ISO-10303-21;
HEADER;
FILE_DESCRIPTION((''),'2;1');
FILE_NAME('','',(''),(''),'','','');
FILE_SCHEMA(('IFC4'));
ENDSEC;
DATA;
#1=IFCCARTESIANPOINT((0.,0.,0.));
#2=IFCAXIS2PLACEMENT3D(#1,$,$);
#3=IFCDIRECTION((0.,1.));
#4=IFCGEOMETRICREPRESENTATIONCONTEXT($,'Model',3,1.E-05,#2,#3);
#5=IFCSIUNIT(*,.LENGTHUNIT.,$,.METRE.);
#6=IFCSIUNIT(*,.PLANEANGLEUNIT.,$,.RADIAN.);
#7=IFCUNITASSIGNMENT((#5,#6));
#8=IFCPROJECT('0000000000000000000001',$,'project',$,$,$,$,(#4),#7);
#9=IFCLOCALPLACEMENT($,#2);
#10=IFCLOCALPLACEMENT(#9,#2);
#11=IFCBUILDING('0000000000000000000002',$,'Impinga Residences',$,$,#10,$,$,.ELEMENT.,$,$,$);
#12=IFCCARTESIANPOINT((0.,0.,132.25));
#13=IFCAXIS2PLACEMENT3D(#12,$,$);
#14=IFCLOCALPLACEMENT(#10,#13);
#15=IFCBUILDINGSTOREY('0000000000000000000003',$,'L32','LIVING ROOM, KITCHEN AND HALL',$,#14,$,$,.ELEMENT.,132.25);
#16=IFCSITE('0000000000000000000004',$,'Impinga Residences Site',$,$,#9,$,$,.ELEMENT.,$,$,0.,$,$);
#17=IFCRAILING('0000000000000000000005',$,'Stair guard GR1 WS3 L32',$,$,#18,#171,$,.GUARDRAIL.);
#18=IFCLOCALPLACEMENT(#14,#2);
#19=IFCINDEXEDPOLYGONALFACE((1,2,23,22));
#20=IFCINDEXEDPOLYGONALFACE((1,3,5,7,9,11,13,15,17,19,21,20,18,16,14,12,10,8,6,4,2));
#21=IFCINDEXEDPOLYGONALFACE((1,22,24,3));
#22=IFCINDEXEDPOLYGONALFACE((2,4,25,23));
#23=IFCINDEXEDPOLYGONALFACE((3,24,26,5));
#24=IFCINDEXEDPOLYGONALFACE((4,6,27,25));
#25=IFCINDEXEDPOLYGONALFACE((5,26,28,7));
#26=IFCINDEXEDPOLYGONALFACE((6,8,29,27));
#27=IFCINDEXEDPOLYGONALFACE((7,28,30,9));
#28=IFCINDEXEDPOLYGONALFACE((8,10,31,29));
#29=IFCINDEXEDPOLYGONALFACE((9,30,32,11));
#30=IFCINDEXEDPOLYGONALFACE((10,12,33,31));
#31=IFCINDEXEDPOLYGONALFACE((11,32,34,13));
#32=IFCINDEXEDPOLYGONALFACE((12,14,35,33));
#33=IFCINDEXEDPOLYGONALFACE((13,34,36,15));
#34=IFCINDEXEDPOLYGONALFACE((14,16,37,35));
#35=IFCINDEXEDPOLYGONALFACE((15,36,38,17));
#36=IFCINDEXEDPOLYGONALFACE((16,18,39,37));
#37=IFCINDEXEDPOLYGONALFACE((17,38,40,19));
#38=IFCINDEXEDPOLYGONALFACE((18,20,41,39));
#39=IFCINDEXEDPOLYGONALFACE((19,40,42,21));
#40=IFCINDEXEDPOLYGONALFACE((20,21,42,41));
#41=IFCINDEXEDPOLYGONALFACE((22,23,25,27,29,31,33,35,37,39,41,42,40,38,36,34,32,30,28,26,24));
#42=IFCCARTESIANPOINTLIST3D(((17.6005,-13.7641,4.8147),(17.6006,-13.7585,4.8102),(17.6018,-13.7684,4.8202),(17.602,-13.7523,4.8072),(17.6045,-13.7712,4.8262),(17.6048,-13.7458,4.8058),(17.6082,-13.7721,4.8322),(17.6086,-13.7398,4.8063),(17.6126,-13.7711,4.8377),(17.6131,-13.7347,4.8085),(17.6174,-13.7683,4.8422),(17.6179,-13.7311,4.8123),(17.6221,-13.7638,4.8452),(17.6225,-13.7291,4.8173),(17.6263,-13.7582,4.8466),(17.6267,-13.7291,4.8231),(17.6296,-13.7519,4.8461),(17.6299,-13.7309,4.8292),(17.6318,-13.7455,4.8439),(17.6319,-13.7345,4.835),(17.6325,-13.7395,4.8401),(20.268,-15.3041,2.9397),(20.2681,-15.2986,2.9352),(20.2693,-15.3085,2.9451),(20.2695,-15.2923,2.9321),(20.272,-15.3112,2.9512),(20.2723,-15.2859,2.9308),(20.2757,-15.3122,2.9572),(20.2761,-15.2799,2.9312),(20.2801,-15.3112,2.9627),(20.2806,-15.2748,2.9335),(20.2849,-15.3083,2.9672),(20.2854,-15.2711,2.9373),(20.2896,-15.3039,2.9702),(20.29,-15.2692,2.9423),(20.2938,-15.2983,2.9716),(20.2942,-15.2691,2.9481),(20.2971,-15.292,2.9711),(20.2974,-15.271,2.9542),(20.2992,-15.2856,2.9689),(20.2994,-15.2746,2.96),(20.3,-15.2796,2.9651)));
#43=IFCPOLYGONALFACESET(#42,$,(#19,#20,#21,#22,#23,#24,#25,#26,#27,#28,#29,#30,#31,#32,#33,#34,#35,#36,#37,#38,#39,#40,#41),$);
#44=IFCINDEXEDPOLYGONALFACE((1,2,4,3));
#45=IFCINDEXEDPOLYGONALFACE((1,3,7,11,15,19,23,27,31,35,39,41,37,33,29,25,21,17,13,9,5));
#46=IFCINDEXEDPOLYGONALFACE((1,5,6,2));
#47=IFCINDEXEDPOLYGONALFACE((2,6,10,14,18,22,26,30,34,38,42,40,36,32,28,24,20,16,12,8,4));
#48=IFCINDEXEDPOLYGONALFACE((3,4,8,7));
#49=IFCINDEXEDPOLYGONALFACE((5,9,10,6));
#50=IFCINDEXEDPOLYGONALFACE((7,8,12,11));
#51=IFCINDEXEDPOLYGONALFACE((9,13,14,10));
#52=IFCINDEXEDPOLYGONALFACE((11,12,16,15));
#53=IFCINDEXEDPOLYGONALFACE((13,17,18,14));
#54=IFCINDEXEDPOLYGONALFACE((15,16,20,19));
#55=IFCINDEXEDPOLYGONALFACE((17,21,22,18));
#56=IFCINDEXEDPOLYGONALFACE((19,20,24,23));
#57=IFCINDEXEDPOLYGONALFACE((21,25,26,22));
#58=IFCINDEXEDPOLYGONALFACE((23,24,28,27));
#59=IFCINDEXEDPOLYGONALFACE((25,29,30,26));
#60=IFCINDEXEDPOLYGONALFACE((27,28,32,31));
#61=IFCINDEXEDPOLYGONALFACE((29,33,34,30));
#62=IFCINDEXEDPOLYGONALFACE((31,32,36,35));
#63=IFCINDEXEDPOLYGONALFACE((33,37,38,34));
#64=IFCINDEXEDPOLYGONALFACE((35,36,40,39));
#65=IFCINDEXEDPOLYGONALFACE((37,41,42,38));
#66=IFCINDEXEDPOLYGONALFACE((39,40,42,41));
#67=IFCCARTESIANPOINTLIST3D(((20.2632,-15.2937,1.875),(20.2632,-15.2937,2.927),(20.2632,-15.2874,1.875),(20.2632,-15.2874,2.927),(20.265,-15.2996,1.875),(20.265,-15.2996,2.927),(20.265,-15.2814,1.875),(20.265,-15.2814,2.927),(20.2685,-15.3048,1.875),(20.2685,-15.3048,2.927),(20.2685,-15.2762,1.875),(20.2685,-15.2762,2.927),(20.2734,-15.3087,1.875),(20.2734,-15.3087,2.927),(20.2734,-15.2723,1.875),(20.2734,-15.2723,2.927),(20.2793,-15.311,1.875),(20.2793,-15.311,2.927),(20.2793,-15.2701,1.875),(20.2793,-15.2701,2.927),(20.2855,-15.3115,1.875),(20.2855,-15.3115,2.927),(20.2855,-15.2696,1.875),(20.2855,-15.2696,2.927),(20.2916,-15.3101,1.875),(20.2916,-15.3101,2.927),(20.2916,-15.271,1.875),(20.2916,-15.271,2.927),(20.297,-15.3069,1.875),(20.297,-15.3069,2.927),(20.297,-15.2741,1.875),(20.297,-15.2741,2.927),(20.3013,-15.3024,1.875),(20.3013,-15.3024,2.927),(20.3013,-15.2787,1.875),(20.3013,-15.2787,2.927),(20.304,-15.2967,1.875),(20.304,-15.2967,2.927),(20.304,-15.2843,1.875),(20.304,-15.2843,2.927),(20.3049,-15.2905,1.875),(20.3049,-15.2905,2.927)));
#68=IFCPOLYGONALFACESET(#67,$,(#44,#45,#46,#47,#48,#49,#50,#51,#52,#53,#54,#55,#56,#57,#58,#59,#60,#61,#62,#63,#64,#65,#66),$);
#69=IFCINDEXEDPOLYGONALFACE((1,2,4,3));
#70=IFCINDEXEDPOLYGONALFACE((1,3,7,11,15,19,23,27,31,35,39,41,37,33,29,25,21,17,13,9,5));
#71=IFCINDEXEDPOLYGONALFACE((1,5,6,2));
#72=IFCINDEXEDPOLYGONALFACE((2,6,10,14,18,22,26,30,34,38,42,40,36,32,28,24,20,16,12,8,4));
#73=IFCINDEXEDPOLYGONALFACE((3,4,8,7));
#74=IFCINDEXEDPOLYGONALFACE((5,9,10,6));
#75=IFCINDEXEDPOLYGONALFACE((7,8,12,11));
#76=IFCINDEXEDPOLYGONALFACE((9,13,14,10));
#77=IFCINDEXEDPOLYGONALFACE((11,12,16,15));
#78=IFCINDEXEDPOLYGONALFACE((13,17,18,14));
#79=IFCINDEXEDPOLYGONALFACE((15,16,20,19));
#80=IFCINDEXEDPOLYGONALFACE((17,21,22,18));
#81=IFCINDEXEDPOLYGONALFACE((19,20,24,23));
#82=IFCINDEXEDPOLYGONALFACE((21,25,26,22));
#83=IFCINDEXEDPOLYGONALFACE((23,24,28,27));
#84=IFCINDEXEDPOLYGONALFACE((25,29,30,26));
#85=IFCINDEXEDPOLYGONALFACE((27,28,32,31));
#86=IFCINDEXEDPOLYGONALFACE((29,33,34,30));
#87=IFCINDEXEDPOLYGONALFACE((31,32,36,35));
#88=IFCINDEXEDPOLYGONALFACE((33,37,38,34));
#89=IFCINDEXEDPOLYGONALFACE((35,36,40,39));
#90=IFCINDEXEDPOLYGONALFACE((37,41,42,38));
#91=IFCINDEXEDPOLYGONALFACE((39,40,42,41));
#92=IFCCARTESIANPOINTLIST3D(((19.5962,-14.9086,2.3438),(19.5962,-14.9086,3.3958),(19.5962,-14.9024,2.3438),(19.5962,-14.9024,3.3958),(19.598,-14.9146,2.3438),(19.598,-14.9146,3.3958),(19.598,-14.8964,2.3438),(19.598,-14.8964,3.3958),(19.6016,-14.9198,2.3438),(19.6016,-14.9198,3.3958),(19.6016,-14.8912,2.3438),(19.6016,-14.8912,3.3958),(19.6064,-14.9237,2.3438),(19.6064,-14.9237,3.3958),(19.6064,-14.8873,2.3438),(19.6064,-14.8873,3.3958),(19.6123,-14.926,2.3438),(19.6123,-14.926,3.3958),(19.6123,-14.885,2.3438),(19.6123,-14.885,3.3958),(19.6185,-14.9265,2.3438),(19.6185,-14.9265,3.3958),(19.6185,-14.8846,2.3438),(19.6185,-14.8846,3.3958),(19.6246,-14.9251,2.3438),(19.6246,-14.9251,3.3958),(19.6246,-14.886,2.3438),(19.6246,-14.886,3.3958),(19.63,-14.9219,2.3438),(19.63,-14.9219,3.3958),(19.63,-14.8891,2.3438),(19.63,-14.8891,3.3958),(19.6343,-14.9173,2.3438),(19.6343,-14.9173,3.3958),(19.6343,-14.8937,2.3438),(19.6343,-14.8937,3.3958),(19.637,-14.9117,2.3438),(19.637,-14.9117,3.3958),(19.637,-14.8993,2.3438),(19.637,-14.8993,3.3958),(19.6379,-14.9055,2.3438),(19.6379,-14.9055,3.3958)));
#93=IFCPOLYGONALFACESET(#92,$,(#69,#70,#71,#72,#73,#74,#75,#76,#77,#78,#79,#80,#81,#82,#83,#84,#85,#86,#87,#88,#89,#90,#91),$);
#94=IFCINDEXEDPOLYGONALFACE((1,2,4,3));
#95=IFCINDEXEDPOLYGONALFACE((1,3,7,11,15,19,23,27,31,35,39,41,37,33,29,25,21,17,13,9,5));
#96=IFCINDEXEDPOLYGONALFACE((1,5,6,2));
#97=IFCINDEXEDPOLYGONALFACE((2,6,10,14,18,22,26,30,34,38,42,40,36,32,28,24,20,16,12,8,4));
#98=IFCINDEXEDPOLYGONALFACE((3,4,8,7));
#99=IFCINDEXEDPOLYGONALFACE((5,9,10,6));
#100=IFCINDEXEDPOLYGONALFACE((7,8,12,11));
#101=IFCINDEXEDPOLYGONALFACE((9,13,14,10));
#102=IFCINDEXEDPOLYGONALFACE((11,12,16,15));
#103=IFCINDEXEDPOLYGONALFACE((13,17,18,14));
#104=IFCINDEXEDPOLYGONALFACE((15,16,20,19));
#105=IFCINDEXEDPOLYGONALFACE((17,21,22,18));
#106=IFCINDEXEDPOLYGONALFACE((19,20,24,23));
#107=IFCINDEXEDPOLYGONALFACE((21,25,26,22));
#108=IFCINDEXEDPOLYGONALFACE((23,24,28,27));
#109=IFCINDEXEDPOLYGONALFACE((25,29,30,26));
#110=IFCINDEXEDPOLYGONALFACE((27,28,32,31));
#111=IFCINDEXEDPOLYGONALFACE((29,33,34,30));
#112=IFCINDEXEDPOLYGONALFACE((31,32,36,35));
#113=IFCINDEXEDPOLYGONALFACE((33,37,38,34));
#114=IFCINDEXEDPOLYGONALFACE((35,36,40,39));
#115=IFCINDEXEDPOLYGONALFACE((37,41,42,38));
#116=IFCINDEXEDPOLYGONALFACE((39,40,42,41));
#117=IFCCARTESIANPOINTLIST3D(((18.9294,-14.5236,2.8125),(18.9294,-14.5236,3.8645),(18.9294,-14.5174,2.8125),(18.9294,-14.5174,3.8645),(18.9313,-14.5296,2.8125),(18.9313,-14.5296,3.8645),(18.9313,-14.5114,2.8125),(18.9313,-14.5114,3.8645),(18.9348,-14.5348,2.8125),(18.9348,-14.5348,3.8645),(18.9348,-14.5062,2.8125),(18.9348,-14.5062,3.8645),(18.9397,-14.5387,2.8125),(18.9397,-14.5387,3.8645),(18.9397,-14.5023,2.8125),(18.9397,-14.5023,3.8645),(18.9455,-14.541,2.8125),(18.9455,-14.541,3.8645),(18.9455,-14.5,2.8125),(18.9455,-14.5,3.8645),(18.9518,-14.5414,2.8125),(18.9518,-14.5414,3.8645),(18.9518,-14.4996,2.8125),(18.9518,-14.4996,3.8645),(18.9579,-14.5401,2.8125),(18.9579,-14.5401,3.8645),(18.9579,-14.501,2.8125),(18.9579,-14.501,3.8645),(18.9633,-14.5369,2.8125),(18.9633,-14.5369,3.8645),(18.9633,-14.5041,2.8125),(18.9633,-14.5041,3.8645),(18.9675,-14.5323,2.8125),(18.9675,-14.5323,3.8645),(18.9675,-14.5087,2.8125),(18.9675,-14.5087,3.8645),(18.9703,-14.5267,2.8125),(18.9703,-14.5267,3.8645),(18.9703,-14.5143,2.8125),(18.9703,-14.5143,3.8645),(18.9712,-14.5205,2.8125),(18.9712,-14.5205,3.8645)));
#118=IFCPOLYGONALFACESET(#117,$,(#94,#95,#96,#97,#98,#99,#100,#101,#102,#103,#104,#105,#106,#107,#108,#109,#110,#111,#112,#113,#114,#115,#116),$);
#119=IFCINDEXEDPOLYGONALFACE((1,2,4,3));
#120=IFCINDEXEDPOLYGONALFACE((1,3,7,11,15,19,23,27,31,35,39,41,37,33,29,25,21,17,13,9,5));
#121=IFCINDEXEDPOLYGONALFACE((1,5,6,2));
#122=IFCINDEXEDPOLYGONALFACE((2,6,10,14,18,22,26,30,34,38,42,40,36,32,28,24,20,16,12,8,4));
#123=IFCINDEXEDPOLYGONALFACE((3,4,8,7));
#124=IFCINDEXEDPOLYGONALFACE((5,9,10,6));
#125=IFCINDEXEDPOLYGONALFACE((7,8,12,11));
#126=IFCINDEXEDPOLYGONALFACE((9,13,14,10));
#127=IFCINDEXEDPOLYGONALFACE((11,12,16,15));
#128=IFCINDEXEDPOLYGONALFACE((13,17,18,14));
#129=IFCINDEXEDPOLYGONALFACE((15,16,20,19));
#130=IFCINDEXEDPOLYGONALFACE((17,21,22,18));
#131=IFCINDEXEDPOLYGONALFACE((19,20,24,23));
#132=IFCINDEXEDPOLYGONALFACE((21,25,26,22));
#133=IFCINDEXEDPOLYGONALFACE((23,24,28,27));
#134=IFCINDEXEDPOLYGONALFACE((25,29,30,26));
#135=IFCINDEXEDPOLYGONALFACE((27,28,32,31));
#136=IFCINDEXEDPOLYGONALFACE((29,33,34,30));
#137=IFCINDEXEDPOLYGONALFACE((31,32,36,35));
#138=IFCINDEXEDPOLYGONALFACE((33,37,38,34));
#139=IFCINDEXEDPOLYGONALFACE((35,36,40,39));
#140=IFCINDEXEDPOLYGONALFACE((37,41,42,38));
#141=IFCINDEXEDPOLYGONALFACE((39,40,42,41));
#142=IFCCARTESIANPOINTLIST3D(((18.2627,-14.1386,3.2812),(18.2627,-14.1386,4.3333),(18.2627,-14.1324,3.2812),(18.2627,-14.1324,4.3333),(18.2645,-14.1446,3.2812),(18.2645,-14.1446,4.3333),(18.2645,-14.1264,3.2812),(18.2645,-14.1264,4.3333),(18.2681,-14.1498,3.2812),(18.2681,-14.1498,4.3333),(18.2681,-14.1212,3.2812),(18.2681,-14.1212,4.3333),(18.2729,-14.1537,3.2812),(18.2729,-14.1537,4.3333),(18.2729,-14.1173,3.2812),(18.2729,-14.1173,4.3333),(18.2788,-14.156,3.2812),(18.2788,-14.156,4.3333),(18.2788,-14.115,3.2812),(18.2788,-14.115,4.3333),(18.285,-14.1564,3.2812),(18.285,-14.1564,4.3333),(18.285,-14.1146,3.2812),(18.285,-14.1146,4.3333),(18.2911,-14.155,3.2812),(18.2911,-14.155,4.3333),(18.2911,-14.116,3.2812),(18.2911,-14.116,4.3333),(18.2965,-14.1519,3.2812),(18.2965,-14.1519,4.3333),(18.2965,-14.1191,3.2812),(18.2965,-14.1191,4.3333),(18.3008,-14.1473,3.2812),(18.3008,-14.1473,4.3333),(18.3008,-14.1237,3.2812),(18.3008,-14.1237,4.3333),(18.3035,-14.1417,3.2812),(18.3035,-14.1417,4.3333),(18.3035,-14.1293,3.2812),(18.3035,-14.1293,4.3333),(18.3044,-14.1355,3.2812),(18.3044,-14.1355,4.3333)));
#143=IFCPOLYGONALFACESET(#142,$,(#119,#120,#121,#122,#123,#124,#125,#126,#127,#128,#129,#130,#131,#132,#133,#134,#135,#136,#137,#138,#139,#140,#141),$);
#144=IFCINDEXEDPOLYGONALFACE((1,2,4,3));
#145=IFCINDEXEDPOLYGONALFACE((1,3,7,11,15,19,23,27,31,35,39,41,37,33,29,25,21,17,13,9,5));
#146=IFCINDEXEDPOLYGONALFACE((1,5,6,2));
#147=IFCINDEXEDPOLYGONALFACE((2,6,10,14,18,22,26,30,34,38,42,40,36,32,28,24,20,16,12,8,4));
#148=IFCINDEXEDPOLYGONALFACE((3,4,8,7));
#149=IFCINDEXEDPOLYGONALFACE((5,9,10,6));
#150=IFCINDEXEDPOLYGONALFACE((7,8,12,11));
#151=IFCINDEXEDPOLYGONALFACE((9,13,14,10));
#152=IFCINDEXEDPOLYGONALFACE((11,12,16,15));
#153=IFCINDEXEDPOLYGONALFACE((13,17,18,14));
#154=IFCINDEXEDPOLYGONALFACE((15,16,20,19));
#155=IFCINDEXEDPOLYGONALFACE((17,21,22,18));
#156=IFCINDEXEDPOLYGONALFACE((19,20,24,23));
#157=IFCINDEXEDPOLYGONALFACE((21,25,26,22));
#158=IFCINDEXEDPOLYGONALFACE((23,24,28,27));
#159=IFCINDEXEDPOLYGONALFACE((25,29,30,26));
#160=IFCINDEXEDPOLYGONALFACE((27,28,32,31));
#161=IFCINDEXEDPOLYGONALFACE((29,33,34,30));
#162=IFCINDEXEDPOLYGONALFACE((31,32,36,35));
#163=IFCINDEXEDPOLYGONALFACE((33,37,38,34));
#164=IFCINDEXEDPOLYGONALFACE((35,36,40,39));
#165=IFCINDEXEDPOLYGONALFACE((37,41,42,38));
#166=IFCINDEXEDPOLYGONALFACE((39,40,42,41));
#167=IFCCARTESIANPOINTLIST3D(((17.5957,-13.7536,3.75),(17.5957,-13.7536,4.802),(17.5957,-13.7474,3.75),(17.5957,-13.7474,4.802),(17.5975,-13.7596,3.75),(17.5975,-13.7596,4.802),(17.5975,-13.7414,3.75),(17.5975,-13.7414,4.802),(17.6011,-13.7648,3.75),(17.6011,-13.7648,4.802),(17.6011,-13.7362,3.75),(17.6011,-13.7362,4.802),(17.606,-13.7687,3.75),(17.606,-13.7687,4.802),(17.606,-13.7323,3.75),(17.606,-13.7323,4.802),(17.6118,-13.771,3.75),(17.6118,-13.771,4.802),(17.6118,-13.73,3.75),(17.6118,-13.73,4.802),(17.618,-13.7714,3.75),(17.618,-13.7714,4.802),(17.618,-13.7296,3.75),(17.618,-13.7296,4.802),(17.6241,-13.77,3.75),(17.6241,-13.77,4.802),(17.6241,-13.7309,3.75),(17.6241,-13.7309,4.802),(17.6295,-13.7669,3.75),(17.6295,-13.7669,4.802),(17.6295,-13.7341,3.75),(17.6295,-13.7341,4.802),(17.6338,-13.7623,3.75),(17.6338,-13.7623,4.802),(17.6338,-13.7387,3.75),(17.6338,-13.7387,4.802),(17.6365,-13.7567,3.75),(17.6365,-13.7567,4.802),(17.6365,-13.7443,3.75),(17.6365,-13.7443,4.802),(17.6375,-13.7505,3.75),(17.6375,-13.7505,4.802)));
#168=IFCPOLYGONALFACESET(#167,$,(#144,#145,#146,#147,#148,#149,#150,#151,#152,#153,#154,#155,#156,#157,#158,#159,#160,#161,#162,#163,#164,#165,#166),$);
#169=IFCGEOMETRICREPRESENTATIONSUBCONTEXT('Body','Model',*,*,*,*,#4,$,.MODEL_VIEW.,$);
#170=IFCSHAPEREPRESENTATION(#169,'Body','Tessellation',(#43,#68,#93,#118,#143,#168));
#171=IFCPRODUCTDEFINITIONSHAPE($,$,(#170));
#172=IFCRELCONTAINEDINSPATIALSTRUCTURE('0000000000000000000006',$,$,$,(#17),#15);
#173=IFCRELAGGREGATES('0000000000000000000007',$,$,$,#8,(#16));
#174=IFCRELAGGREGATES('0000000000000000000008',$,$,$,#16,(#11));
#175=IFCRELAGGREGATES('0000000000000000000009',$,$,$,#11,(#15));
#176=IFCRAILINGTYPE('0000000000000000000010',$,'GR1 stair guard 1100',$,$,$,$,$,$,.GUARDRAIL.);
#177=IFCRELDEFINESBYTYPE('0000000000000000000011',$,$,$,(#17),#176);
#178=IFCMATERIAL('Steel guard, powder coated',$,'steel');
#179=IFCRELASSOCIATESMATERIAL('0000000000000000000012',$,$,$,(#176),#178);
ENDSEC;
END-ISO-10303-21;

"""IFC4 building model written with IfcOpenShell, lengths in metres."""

from ifc_helpers import new_model, si_unit, direction, frame, origin, origin_2d, place, context, subcontext, project, spatial, circle, extrude, material, type_object, element, save


model = new_model("IFC4")

# Units and contexts
model_context = context("Model", 3, precision=1e-05, world=origin(), true_north=direction((0.0, 1.0)))
body_context = subcontext(model_context, "Body", "Model", "MODEL_VIEW")
ifc_project = project(units=[si_unit("LENGTHUNIT", "METRE"), si_unit("PLANEANGLEUNIT", "RADIAN")], contexts=[model_context])

# Site, building, storey
site_placement = place(None, origin())
site = spatial("IfcSite", under=ifc_project, at=site_placement, Name="Impinga Residences Site", CompositionType="ELEMENT", RefElevation=0.0)
building_placement = place(site_placement, origin())
building = spatial("IfcBuilding", under=site, at=building_placement, Name="Impinga Residences", CompositionType="ELEMENT")
storey_placement = place(building_placement, frame((0.0, 0.0, 132.25)))
storey = spatial("IfcBuildingStorey", under=building, at=storey_placement, Name="L32", Description="LIVING ROOM, KITCHEN AND HALL", CompositionType="ELEMENT", Elevation=132.25)

# Railing
ifc_material_1 = material(Name="Steel guard, powder coated", Category="steel")
railing_type_1 = type_object("IfcRailingType", Name="GR1 stair guard 1100", PredefinedType="GUARDRAIL", material=ifc_material_1)
railing_1_placement = place(storey_placement, frame((20.2839, -15.2905, 1.875)))
element("IfcRailing", 1, at=railing_1_placement, inside=storey, type_object=railing_type_1, Name="Stair guard GR1 WS3 L32", PredefinedType="GUARDRAIL", context=body_context, shape_type="SweptSolid", body=[
    extrude(circle(Radius=0.0239, at=origin_2d()), frame((0.0, 0.0, 1.0762), z_axis=(-0.739746, 0.427084, 0.519975), x_axis=(-0.499992, -0.86603, 0.0)), (0.0, 0.0, 1.0), 3.606),
    extrude(circle(Radius=0.021, at=origin_2d()), origin(), (0.0, 0.0, 1.0), 1.052),
    extrude(circle(Radius=0.021, at=origin_2d()), frame((-0.667, 0.385, 0.4688)), (0.0, 0.0, 1.0), 1.052),
    extrude(circle(Radius=0.021, at=origin_2d()), frame((-1.3337, 0.77, 0.9375)), (0.0, 0.0, 1.0), 1.052),
    extrude(circle(Radius=0.021, at=origin_2d()), frame((-2.0005, 1.155, 1.4062)), (0.0, 0.0, 1.0), 1.052),
    extrude(circle(Radius=0.021, at=origin_2d()), frame((-2.6675, 1.54, 1.875)), (0.0, 0.0, 1.0), 1.052),
])

save(model, "model.ifc")
